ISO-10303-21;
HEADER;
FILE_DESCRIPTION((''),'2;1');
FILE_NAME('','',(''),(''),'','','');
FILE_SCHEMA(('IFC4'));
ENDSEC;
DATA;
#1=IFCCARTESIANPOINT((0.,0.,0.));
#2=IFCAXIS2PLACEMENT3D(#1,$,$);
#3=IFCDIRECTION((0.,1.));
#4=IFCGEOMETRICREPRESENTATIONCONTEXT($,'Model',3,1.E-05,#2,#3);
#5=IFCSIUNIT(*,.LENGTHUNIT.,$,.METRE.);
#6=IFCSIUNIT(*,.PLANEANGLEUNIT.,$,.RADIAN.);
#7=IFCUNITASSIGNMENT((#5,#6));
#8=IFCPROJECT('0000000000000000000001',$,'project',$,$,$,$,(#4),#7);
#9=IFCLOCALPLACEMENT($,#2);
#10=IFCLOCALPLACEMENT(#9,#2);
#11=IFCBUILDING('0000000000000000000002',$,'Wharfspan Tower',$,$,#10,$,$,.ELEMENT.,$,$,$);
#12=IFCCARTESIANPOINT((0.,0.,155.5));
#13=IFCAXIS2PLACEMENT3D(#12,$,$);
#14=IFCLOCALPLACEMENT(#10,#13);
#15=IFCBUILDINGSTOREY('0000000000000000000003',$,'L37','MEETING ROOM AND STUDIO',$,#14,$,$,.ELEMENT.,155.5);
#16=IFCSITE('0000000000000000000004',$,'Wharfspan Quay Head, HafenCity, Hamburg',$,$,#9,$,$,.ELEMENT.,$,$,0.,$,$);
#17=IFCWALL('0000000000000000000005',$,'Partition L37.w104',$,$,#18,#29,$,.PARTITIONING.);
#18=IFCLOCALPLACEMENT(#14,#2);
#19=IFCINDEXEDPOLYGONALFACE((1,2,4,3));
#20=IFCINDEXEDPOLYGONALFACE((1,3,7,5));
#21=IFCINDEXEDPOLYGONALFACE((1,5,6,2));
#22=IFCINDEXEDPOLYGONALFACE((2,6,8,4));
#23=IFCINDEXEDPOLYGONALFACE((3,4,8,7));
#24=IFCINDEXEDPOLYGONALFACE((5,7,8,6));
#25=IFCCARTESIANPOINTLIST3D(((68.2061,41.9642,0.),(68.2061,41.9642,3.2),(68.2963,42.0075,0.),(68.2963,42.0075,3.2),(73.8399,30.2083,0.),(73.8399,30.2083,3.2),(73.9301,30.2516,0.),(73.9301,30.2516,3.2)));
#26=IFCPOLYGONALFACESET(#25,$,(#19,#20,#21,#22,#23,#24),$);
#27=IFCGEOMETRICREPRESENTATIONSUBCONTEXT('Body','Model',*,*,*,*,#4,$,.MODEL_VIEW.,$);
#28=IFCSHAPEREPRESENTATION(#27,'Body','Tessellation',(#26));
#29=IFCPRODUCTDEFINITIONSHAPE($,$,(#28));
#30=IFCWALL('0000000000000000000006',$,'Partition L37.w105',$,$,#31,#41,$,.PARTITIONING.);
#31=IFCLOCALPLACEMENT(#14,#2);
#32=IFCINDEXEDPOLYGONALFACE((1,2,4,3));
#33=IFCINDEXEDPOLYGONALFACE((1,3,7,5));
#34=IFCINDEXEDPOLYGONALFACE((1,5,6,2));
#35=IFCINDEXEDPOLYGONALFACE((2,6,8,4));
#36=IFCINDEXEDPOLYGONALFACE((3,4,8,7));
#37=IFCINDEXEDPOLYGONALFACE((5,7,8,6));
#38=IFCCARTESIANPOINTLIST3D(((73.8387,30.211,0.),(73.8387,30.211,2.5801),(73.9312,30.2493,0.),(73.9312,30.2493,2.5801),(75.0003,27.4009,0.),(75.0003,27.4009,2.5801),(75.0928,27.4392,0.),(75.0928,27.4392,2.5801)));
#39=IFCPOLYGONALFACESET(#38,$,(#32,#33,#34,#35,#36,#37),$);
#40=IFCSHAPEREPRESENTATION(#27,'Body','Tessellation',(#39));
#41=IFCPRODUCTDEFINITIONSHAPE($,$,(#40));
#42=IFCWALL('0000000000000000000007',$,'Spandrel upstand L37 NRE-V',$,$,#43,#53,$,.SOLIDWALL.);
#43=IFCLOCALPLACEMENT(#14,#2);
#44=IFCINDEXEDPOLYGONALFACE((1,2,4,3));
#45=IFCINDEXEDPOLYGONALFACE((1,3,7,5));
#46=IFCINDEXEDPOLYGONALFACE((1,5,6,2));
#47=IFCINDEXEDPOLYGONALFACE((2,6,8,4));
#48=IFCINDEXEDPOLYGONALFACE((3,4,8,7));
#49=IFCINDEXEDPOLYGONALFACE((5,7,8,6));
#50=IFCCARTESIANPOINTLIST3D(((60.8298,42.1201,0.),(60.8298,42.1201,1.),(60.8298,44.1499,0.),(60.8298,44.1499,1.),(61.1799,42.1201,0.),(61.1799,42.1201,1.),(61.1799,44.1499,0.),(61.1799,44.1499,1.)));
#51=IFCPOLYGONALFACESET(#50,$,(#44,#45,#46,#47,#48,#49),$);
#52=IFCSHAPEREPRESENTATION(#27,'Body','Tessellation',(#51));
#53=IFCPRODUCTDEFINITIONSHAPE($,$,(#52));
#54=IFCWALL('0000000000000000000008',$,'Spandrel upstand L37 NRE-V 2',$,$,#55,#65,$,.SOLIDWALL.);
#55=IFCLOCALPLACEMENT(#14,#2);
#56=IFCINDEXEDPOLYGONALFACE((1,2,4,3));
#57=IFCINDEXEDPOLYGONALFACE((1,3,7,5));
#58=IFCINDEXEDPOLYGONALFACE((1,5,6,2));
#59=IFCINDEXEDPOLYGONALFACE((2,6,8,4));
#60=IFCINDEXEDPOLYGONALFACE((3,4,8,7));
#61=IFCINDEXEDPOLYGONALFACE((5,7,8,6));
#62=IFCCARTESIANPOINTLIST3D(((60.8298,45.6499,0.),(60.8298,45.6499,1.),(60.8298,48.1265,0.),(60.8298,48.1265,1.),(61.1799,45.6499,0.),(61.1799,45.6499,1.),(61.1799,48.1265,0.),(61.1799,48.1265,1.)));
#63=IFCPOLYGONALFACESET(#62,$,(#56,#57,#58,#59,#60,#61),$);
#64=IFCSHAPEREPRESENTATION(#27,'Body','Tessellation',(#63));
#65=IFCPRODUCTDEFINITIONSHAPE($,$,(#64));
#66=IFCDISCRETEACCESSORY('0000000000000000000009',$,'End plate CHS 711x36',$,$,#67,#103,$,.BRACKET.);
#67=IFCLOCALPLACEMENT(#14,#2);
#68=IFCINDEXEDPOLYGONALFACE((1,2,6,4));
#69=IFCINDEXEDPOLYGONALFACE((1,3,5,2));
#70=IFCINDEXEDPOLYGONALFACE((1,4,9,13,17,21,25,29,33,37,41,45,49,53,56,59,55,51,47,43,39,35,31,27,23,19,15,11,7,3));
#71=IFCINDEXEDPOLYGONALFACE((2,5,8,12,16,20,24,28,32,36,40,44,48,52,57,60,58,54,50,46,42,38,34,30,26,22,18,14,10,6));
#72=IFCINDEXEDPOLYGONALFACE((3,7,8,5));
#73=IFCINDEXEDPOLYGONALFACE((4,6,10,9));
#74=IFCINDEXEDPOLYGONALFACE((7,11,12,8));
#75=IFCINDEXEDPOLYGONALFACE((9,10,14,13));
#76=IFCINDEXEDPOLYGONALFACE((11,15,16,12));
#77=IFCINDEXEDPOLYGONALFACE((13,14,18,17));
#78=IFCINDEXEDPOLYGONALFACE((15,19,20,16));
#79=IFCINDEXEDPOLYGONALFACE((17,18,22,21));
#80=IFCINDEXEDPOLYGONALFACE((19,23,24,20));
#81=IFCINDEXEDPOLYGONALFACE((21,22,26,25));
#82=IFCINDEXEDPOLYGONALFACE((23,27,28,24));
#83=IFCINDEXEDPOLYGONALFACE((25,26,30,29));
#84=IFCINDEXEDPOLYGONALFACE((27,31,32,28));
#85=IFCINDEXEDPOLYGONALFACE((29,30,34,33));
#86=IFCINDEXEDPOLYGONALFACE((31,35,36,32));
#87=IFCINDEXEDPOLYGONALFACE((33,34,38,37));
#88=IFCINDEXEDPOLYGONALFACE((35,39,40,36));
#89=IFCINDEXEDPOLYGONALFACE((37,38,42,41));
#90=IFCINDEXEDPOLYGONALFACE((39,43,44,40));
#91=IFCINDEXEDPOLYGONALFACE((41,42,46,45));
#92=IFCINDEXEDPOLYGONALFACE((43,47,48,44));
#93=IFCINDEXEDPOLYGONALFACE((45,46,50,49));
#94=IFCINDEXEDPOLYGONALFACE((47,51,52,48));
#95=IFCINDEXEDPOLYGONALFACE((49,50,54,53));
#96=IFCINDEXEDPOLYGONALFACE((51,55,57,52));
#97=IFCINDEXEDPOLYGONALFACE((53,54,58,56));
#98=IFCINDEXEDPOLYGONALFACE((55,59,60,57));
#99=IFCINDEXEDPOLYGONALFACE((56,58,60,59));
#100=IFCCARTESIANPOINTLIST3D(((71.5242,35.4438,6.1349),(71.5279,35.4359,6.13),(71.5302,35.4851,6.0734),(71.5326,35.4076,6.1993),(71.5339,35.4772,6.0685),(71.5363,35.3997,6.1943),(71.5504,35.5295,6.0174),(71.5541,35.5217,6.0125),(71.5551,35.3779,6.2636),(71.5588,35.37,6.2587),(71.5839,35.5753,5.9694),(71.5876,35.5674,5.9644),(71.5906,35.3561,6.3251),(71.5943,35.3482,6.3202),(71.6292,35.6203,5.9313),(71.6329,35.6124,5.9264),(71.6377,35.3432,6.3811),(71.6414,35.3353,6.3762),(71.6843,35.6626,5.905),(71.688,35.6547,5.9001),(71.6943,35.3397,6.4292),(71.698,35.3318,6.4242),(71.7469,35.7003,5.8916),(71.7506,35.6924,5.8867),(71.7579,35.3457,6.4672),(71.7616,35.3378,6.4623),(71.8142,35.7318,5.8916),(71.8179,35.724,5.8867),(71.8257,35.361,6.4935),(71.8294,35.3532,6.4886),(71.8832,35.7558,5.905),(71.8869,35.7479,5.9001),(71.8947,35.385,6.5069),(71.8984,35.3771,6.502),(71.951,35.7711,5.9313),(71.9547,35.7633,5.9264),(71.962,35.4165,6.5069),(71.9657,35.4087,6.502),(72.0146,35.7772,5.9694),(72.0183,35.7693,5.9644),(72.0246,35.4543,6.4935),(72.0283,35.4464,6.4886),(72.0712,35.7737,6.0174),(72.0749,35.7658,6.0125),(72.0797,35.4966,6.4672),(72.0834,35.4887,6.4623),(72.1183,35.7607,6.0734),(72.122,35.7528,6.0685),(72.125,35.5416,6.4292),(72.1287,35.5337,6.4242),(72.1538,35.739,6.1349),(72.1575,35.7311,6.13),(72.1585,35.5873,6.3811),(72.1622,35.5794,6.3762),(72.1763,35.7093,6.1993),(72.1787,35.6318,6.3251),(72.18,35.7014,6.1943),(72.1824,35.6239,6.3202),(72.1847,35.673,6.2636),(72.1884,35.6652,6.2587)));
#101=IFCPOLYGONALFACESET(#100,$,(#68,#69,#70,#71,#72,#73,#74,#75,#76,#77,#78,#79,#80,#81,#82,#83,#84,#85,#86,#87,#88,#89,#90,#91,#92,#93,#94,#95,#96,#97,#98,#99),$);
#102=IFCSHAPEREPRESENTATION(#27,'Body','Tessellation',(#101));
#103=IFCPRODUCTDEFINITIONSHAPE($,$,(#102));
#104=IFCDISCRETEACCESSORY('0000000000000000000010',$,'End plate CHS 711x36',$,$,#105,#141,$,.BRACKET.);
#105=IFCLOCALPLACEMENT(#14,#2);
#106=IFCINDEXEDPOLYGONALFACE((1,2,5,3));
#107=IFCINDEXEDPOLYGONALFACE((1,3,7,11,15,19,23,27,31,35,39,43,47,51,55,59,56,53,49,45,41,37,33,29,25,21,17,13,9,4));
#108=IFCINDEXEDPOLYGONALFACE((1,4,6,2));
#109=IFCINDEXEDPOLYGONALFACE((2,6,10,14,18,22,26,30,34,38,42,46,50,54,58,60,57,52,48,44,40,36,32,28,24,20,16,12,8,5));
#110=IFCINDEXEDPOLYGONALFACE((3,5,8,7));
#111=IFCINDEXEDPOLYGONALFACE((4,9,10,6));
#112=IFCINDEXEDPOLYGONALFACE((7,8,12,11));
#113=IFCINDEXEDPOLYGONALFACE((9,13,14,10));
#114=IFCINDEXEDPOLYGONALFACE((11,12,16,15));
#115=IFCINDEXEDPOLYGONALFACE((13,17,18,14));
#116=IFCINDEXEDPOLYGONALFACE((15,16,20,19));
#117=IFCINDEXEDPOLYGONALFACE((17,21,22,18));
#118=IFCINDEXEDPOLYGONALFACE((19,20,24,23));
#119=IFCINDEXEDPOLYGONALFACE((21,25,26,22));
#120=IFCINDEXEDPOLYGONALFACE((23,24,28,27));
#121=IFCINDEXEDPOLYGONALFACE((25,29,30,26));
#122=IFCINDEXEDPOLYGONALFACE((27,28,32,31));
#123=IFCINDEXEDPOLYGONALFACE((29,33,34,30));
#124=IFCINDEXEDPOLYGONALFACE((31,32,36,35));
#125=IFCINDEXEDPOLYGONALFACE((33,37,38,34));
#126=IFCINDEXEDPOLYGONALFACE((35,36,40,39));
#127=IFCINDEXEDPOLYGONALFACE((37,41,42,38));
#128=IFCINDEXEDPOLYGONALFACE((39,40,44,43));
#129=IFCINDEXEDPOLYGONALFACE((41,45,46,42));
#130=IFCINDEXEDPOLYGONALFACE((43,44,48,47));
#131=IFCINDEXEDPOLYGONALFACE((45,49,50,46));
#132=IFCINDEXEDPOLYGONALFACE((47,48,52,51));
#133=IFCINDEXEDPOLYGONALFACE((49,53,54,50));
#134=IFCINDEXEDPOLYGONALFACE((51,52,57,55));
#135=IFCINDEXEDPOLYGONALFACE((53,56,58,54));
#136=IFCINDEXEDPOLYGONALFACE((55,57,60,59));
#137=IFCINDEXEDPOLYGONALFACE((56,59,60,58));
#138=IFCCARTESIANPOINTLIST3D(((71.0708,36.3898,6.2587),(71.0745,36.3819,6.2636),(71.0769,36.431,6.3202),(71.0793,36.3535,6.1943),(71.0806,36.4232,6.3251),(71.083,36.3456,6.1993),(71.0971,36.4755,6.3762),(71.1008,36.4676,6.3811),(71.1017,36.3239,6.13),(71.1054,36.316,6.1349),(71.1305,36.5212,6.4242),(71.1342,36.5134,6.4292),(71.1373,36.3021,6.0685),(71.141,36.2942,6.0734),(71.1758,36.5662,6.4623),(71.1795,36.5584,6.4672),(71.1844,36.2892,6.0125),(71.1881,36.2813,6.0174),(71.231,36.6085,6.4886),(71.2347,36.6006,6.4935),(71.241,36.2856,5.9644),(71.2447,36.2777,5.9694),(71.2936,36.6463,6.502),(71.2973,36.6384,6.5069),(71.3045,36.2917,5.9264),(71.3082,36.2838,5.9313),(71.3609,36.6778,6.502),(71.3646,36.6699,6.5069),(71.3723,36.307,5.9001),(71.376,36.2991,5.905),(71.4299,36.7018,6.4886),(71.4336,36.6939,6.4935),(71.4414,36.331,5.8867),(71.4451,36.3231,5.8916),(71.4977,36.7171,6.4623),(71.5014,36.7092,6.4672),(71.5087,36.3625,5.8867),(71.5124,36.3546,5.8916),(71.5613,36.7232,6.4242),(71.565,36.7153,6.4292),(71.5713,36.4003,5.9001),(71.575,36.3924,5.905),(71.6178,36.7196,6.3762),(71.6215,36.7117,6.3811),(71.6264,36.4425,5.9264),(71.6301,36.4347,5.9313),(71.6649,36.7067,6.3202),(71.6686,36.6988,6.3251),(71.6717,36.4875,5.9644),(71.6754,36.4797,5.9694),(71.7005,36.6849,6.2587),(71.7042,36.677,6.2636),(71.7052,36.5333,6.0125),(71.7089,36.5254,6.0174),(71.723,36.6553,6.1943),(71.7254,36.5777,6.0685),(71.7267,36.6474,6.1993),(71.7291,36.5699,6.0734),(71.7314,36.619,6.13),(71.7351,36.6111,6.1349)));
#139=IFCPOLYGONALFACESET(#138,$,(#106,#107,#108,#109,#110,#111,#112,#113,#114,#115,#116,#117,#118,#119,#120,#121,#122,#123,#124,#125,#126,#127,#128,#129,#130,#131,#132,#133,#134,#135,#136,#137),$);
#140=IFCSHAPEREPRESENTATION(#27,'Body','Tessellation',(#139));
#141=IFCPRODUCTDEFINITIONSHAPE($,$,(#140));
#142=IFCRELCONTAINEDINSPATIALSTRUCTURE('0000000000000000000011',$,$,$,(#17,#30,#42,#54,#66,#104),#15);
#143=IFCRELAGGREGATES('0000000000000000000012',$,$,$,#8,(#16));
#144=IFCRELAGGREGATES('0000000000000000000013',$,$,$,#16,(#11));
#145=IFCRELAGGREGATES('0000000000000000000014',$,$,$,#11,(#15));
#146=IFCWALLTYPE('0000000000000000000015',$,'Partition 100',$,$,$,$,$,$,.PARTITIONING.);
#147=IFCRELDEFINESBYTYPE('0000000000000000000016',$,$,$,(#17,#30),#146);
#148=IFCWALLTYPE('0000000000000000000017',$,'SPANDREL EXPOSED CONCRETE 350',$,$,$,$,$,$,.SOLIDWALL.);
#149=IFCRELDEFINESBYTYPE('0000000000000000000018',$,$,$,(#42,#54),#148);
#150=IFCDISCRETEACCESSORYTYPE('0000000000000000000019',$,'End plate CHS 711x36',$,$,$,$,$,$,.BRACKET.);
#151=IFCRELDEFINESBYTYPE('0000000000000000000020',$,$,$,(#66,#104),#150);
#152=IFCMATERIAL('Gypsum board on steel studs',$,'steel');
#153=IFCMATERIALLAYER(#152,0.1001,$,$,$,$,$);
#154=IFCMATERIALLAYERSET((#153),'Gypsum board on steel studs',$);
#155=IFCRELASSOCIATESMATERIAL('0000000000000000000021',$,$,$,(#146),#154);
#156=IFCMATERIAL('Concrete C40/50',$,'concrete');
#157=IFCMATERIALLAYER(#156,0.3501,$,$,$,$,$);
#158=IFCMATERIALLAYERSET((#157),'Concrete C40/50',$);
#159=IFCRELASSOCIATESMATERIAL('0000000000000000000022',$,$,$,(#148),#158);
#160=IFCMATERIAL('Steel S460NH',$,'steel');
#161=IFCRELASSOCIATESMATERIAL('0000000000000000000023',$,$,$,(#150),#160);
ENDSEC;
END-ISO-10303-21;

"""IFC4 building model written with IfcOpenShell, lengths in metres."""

from ifc_helpers import new_model, si_unit, direction, frame, frame_2d, origin, origin_2d, place, context, subcontext, project, spatial, rectangle, circle, extrude, material, layer, layer_set, material_profile, profile_set, type_object, element, save


model = new_model("IFC4")

# Units and contexts
model_context = context("Model", 3, precision=1e-05, world=origin(), true_north=direction((0.0, 1.0)))
body_context = subcontext(model_context, "Body", "Model", "MODEL_VIEW")
ifc_project = project(units=[si_unit("LENGTHUNIT", "METRE"), si_unit("PLANEANGLEUNIT", "RADIAN")], contexts=[model_context])

# Site, building, storey
site_placement = place(None, origin())
site = spatial("IfcSite", under=ifc_project, at=site_placement, Name="Wharfspan Quay Head, HafenCity, Hamburg", CompositionType="ELEMENT", RefElevation=0.0)
building_placement = place(site_placement, origin())
building = spatial("IfcBuilding", under=site, at=building_placement, Name="Wharfspan Tower", CompositionType="ELEMENT")
storey_placement = place(building_placement, frame((0.0, 0.0, 155.5)))
storey = spatial("IfcBuildingStorey", under=building, at=storey_placement, Name="L37", Description="MEETING ROOM AND STUDIO", CompositionType="ELEMENT", Elevation=155.5)

# Shared definitions
ifc_material_1 = material(Name="Steel S460NH", Category="steel")

# Walls
ifc_material_2 = material(Name="Gypsum board on steel studs", Category="steel")
ifc_layer_1 = layer(ifc_material_2, 0.1001)
ifc_layer_set_1 = layer_set([ifc_layer_1], Name="Gypsum board on steel studs")
wall_type_1 = type_object("IfcWallType", Name="Partition 100", PredefinedType="PARTITIONING", material=ifc_layer_set_1)
wall_1_placement = place(storey_placement, frame((73.885, 30.23, 0.0), z_axis=(0.0, 0.0, 1.0), x_axis=(-0.432167, 0.90179, 0.0)))
element("IfcWall", 1, at=wall_1_placement, inside=storey, type_object=wall_type_1, Name="Partition L37.w104", PredefinedType="PARTITIONING", context=body_context, shape_type="SweptSolid", body=[
    extrude(rectangle(XDim=13.0361, YDim=0.1001, at=frame_2d((6.5181, 0.0))), origin(), (0.0, 0.0, 1.0), 3.2),
])
wall_2_placement = place(storey_placement, frame((75.0466, 27.4199, 0.0), z_axis=(0.0, 0.0, 1.0), x_axis=(-0.382024, 0.924148, 0.0)))
element("IfcWall", 2, at=wall_2_placement, inside=storey, type_object=wall_type_1, Name="Partition L37.w105", PredefinedType="PARTITIONING", context=body_context, shape_type="SweptSolid", body=[
    extrude(rectangle(XDim=3.0408, YDim=0.1001, at=frame_2d((1.5205, 0.0))), origin(), (0.0, 0.0, 1.0), 2.5801),
])
ifc_material_3 = material(Name="Concrete C40/50", Category="concrete")
ifc_layer_2 = layer(ifc_material_3, 0.3501)
ifc_layer_set_2 = layer_set([ifc_layer_2], Name="Concrete C40/50")
wall_type_2 = type_object("IfcWallType", Name="SPANDREL EXPOSED CONCRETE 350", PredefinedType="SOLIDWALL", material=ifc_layer_set_2)
wall_3_placement = place(storey_placement, frame((61.0049, 42.1201, 0.0), z_axis=(0.0, 0.0, 1.0), x_axis=(0.0, 1.0, 0.0)))
element("IfcWall", 3, at=wall_3_placement, inside=storey, type_object=wall_type_2, Name="Spandrel upstand L37 NRE-V", PredefinedType="SOLIDWALL", context=body_context, shape_type="SweptSolid", body=[
    extrude(rectangle(XDim=2.0298, YDim=0.3501, at=frame_2d((1.0149, 0.0))), origin(), (0.0, 0.0, 1.0), 1.0),
])
wall_4_placement = place(storey_placement, frame((61.0049, 45.6499, 0.0), z_axis=(0.0, 0.0, 1.0), x_axis=(0.0, 1.0, 0.0)))
element("IfcWall", 4, at=wall_4_placement, inside=storey, type_object=wall_type_2, Name="Spandrel upstand L37 NRE-V 2", PredefinedType="SOLIDWALL", context=body_context, shape_type="SweptSolid", body=[
    extrude(rectangle(XDim=2.4766, YDim=0.3501, at=frame_2d((1.2383, 0.0))), origin(), (0.0, 0.0, 1.0), 1.0),
])

# Discrete accessories
ifc_material_profile_1 = material_profile(ifc_material_1, circle(Radius=0.3555, at=origin_2d()))
ifc_profile_set_1 = profile_set([ifc_material_profile_1], Name="Steel S460NH")
discrete_accessory_type = type_object("IfcDiscreteAccessoryType", Name="End plate CHS 711x36", PredefinedType="BRACKET", material=ifc_profile_set_1)
for number, where, z_axis, x_axis, name in (
    (5, (71.8582, 35.5505, 6.1943), (-0.369386, 0.788024, 0.492515), (-0.905459, -0.424433, -0.000001), "End plate CHS 711x36"),
    (6, (71.4011, 36.5044, 6.1943), (0.369386, -0.788024, 0.492515), (0.905459, 0.424433, -0.000001), "End plate CHS 711x36"),
):
    element("IfcDiscreteAccessory", number, at=place(storey_placement, frame(where, z_axis=z_axis, x_axis=x_axis)), inside=storey, type_object=discrete_accessory_type, Name=name, PredefinedType="BRACKET", context=body_context, shape_type="SweptSolid", body=[
        extrude(circle(Radius=0.3555, at=origin_2d()), origin(), (0.0, 0.0, 1.0), 0.01),
    ])

save(model, "model.ifc")
